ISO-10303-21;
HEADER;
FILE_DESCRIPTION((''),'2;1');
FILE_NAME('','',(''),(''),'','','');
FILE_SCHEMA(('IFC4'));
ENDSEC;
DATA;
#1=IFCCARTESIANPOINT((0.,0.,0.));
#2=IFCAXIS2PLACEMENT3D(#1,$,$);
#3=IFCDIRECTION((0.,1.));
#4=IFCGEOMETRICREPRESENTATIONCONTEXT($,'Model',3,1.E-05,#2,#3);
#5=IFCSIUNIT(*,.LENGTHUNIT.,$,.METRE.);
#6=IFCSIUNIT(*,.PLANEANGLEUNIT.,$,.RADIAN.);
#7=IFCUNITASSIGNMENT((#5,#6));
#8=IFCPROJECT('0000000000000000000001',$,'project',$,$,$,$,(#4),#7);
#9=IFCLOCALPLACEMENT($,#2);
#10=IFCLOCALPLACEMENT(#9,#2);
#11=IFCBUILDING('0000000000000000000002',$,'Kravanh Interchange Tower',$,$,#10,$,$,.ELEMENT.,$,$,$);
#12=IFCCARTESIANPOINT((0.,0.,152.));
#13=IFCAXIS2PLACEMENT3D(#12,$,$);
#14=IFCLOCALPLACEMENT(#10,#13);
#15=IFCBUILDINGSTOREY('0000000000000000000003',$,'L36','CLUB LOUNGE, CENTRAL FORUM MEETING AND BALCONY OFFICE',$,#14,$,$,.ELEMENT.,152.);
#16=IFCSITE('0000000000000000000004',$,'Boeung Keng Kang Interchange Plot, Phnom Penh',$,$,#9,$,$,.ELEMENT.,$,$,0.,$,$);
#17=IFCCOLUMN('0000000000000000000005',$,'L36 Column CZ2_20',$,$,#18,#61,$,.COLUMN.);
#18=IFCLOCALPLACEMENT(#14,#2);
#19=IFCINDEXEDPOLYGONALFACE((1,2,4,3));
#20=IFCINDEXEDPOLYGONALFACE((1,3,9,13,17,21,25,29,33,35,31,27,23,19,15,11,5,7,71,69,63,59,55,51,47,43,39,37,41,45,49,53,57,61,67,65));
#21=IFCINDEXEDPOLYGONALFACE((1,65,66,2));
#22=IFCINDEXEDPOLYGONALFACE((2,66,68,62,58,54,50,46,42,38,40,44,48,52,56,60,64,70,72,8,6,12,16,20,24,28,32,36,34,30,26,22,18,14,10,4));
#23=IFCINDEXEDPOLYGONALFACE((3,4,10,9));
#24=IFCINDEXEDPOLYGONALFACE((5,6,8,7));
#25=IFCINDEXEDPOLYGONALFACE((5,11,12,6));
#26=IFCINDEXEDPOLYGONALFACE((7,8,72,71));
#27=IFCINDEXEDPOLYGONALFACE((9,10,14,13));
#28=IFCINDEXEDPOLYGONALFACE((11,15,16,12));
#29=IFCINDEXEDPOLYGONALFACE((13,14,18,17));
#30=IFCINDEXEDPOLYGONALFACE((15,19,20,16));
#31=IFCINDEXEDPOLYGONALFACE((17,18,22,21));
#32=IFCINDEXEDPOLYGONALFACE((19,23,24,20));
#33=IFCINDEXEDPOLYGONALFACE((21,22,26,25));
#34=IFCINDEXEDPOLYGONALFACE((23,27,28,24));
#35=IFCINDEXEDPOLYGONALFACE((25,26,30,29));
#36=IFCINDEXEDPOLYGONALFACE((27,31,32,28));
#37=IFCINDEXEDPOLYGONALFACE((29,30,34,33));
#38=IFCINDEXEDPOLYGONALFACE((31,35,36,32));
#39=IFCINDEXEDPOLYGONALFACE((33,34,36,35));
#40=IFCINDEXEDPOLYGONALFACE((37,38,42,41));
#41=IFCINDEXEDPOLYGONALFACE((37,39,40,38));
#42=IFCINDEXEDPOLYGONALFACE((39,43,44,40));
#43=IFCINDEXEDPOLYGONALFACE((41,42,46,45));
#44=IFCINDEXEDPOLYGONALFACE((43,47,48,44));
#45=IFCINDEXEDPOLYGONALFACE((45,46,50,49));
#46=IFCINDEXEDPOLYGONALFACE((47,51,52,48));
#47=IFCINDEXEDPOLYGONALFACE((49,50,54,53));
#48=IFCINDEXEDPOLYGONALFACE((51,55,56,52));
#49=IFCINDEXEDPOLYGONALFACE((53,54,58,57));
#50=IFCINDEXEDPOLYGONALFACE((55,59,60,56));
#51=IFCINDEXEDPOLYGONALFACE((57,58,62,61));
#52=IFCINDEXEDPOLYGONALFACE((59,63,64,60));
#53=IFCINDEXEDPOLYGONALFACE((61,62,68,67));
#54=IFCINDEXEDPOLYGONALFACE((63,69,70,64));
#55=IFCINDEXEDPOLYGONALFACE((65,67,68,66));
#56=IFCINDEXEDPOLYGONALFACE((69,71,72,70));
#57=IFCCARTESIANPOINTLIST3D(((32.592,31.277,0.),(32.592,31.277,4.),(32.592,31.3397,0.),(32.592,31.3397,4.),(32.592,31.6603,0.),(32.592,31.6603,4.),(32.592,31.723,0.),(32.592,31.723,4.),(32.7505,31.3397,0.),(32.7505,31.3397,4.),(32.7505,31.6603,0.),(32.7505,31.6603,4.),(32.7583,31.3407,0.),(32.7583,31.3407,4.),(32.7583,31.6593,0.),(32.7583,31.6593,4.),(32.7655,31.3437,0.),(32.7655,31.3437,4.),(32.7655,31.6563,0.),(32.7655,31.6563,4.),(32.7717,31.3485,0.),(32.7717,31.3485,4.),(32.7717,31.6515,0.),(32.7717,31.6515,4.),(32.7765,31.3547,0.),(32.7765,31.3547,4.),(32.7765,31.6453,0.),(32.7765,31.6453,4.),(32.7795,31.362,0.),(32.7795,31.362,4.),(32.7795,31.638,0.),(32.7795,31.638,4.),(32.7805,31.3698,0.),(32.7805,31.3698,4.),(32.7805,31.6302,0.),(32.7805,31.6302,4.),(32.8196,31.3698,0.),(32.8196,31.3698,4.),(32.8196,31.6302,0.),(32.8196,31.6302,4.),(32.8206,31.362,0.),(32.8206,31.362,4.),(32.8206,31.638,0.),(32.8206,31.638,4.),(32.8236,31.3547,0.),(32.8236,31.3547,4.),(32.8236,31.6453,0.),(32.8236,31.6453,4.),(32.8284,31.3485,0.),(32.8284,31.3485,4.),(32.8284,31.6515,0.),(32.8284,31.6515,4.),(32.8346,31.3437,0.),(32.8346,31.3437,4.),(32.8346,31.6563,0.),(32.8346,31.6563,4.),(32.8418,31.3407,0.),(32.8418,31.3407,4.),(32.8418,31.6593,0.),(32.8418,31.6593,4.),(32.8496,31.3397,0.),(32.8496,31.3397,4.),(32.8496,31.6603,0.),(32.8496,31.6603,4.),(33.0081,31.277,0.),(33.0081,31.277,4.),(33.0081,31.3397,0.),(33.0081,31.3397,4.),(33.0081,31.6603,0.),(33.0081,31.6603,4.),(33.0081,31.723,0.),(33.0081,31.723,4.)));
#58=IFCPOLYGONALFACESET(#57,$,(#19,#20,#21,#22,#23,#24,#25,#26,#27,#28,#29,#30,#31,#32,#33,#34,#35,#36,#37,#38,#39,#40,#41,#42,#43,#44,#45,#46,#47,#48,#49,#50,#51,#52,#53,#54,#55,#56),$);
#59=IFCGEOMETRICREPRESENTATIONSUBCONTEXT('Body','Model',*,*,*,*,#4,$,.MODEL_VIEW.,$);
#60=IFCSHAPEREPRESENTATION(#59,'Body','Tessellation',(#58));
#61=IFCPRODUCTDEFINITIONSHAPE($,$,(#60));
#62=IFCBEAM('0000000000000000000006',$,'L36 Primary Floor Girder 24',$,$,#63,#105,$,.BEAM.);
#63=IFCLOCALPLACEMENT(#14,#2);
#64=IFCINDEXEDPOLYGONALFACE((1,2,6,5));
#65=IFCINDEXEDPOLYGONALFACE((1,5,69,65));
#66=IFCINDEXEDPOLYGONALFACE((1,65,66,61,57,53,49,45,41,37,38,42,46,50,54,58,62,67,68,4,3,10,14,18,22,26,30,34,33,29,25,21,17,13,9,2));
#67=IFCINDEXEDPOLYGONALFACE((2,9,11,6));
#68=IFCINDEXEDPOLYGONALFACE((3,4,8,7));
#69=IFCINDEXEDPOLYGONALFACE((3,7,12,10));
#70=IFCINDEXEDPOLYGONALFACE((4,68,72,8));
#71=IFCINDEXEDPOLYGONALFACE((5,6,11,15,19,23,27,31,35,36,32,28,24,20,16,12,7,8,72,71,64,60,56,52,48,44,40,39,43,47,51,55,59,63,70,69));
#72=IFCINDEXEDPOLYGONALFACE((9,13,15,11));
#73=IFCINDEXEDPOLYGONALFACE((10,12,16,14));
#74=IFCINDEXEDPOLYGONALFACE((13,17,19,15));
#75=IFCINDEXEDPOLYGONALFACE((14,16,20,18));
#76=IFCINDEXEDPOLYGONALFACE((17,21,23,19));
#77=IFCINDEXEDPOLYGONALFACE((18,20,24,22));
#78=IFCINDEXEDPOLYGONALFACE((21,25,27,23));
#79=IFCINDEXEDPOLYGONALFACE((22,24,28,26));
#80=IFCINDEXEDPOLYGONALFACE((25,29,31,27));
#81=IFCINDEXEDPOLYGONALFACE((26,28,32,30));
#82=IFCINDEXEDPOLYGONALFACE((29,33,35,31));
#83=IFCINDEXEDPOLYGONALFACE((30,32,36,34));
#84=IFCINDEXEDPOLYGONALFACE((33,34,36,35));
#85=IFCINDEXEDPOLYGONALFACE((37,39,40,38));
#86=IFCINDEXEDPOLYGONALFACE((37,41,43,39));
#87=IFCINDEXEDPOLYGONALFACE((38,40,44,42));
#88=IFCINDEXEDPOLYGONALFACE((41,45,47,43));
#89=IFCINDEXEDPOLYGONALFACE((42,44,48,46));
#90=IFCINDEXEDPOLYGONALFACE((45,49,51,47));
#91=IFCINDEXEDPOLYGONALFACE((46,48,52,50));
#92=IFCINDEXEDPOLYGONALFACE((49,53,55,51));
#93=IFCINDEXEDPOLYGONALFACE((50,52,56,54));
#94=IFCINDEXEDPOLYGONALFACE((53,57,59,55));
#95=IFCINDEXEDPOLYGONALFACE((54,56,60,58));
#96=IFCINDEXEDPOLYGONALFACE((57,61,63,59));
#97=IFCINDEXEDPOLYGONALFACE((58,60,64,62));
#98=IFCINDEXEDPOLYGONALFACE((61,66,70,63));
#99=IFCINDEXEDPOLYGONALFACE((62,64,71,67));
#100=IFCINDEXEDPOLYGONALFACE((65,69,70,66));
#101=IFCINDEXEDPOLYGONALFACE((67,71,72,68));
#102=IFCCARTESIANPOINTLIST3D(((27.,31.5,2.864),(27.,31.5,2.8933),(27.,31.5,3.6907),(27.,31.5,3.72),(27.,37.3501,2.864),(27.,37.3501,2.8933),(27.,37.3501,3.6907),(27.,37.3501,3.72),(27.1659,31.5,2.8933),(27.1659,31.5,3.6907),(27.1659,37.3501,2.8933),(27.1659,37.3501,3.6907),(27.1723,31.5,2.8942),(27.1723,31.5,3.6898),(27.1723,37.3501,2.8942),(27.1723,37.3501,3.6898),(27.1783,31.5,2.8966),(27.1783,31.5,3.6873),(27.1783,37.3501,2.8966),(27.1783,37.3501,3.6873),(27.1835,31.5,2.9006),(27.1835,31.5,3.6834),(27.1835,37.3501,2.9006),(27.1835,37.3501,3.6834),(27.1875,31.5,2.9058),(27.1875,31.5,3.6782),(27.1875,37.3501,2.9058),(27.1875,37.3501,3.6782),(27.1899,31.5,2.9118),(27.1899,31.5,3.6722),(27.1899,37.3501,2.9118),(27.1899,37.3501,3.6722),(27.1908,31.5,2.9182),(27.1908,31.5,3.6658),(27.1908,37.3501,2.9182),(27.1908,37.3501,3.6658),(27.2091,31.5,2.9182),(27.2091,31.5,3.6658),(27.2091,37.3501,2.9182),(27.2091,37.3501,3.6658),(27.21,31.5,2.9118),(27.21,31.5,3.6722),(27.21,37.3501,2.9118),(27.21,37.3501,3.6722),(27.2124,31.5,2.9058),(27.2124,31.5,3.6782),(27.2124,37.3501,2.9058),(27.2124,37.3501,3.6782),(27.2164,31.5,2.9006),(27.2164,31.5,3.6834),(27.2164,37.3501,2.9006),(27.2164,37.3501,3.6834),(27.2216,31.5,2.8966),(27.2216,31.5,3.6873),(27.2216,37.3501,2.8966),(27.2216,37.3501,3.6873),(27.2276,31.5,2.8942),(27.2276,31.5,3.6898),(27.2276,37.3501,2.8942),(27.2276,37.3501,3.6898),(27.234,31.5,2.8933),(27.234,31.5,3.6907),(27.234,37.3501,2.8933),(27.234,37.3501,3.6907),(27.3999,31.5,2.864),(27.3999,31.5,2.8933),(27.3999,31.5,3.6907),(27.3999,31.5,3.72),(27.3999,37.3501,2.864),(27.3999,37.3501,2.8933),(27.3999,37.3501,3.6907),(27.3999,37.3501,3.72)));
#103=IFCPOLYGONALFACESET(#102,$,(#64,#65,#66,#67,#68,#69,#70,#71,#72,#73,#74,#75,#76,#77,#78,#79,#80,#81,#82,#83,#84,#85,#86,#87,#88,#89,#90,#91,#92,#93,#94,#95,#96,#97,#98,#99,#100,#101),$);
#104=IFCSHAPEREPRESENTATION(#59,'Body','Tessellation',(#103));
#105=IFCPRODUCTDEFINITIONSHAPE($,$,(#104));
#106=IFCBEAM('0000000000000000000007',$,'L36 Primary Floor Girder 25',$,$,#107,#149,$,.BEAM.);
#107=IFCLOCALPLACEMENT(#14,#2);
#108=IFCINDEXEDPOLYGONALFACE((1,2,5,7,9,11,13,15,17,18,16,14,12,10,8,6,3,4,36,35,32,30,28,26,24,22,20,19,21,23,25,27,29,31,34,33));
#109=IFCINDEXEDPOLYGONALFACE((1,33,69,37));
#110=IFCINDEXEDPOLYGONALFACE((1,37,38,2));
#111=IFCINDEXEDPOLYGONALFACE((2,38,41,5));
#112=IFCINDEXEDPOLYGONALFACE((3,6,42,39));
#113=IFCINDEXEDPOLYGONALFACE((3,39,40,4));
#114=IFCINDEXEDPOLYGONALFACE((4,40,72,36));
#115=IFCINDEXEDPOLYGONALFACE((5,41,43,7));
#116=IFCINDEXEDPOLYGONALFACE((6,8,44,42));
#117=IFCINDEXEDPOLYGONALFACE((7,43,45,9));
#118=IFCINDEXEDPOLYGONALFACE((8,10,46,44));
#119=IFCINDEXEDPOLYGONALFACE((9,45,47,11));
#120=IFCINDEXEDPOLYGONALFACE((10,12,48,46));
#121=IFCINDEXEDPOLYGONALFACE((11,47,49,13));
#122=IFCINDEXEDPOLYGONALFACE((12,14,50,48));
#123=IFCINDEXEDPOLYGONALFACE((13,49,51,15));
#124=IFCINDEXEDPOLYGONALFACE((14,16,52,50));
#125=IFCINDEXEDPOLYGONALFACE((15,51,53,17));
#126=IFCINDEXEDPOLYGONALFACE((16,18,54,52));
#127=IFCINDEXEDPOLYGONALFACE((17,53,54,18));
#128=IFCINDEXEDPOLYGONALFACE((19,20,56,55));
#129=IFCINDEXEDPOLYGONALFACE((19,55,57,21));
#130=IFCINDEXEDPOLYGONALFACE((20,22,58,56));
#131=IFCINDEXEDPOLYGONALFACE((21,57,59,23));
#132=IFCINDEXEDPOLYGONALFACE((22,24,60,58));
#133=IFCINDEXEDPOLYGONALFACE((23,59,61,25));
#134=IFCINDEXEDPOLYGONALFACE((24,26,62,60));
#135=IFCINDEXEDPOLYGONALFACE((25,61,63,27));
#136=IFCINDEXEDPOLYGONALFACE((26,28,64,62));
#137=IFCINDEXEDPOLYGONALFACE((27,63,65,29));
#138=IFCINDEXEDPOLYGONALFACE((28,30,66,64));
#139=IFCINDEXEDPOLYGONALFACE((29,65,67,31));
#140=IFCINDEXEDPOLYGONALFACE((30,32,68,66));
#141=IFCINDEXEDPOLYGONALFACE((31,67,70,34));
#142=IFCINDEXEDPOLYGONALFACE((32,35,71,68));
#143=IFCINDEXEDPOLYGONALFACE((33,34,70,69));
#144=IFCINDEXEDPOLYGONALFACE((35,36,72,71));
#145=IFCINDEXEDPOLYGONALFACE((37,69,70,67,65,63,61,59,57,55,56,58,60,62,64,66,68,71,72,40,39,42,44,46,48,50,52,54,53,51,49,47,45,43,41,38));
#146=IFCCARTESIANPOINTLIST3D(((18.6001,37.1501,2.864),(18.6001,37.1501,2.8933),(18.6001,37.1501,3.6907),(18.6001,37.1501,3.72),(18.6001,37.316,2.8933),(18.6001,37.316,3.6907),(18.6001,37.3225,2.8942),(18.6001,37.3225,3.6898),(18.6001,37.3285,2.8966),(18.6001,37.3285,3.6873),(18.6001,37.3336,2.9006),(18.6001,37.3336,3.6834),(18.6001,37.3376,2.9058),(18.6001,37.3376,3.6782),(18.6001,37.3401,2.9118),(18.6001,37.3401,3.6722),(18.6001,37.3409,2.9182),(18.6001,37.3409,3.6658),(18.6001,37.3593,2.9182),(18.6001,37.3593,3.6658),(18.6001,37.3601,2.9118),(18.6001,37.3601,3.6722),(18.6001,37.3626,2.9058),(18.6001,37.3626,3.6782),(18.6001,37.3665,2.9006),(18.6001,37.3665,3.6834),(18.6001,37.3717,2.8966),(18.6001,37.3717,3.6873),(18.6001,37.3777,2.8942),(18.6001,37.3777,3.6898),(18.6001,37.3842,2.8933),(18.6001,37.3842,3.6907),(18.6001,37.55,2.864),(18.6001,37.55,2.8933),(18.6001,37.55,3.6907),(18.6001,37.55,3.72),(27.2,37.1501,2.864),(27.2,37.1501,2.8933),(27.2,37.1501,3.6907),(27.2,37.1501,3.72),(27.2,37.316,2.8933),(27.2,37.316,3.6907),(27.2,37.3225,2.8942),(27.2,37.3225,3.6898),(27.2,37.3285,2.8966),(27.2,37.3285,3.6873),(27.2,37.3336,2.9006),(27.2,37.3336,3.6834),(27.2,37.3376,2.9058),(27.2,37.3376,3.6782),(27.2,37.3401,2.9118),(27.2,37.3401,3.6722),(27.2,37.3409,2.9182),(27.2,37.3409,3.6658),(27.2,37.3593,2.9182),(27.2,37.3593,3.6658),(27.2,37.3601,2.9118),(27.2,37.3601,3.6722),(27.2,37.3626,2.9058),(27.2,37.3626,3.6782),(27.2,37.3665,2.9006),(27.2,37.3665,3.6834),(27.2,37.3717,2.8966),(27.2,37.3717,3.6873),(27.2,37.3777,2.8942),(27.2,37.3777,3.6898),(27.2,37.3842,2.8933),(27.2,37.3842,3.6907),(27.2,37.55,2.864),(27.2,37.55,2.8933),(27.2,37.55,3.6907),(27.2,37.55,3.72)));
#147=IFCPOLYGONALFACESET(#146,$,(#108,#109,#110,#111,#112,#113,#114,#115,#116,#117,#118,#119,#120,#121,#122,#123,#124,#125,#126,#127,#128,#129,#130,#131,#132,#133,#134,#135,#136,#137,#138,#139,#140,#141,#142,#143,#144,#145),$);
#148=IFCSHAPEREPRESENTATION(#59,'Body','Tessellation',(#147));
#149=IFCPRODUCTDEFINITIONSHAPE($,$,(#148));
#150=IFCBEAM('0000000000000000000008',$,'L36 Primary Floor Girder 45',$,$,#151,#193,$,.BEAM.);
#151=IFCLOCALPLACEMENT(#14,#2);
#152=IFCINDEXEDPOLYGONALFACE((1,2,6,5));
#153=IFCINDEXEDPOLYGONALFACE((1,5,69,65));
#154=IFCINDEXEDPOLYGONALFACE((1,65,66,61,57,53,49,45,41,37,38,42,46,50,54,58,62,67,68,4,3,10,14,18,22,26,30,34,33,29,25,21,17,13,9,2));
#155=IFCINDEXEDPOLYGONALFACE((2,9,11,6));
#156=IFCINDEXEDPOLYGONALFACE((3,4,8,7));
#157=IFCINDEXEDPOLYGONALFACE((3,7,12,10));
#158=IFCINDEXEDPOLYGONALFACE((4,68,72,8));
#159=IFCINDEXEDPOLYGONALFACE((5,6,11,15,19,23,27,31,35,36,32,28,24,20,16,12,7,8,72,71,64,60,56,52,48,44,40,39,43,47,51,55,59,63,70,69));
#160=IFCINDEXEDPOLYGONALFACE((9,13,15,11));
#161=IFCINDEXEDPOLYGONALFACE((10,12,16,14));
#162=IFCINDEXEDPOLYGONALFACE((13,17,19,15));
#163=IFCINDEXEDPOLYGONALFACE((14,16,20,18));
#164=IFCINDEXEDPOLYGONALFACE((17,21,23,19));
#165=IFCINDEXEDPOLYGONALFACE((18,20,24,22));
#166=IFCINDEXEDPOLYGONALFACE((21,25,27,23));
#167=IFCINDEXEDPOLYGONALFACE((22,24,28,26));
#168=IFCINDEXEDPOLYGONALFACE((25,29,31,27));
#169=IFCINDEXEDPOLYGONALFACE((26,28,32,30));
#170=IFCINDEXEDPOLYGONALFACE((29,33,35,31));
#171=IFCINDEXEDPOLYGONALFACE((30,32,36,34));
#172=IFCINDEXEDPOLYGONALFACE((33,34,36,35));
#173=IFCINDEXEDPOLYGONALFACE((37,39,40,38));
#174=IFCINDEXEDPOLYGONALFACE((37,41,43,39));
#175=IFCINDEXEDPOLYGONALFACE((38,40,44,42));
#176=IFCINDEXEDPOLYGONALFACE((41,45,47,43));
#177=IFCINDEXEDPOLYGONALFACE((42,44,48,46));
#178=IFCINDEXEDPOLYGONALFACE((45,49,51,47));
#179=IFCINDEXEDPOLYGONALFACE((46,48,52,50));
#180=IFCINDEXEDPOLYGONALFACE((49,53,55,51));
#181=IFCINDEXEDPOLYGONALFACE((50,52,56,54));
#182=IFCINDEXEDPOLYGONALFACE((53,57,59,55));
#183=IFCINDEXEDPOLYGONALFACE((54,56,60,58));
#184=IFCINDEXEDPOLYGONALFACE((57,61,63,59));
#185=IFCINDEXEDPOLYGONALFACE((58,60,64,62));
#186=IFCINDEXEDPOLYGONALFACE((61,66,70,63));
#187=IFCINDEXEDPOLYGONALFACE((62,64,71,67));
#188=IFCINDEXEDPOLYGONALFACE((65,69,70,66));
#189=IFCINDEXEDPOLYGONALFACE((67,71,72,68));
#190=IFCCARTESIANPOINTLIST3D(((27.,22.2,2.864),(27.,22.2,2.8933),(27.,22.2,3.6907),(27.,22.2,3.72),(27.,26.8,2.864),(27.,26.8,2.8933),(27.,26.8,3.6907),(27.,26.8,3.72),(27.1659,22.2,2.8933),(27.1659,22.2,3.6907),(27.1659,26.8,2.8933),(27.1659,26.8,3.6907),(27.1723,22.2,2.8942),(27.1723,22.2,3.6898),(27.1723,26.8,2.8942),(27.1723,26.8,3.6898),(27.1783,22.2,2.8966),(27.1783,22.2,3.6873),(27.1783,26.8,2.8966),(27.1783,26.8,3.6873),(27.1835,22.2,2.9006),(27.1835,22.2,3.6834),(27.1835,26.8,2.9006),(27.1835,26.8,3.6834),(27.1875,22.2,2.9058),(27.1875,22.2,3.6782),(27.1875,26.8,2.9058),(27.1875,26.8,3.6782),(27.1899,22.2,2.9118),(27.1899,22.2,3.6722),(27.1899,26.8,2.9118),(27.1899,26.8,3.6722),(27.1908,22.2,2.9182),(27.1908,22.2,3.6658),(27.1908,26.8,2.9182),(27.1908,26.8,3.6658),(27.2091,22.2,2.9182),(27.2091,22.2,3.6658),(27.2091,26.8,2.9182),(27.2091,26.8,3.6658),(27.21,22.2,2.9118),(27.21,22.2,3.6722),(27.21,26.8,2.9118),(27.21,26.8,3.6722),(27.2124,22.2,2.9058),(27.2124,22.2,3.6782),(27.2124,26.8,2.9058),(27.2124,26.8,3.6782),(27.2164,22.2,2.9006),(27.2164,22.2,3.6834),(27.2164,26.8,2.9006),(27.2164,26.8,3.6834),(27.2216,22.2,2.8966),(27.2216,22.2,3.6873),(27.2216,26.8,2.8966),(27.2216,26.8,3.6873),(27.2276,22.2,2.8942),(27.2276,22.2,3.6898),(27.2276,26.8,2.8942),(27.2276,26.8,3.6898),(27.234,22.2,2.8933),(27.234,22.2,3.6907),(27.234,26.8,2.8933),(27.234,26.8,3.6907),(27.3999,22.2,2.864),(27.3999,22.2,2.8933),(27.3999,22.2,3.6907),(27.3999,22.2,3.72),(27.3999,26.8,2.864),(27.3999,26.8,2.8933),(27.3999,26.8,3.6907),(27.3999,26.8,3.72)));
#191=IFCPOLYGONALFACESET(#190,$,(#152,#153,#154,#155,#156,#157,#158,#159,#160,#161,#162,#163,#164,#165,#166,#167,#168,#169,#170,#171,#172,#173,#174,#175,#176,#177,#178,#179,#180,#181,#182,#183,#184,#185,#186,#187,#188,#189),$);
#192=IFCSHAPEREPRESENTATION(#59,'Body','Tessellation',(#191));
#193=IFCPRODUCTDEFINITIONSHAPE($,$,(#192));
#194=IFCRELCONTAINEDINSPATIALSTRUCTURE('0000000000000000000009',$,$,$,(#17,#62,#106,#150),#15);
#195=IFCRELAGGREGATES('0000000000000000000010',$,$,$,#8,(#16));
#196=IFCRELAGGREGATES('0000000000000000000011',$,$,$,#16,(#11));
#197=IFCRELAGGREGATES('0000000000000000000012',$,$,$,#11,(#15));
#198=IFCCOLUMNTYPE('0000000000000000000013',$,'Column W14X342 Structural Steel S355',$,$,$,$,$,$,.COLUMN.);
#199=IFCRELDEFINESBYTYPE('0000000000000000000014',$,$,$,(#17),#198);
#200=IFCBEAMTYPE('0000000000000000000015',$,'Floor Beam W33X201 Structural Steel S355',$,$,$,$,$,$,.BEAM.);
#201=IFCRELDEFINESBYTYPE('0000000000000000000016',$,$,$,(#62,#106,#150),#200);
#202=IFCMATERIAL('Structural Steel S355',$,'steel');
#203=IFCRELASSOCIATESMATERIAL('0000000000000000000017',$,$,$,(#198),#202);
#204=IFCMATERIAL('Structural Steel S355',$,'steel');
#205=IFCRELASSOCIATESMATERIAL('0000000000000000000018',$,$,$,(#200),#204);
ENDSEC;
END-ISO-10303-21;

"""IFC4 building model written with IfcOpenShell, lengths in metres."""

from ifc_helpers import new_model, si_unit, direction, frame, origin, origin_2d, place, context, subcontext, project, spatial, i_section, extrude, material, material_profile, profile_set, type_object, element, save


model = new_model("IFC4")

# Units and contexts
model_context = context("Model", 3, precision=1e-05, world=origin(), true_north=direction((0.0, 1.0)))
body_context = subcontext(model_context, "Body", "Model", "MODEL_VIEW")
ifc_project = project(units=[si_unit("LENGTHUNIT", "METRE"), si_unit("PLANEANGLEUNIT", "RADIAN")], contexts=[model_context])

# Site, building, storey
site_placement = place(None, origin())
site = spatial("IfcSite", under=ifc_project, at=site_placement, Name="Boeung Keng Kang Interchange Plot, Phnom Penh", CompositionType="ELEMENT", RefElevation=0.0)
building_placement = place(site_placement, origin())
building = spatial("IfcBuilding", under=site, at=building_placement, Name="Kravanh Interchange Tower", CompositionType="ELEMENT")
storey_placement = place(building_placement, frame((0.0, 0.0, 152.0)))
storey = spatial("IfcBuildingStorey", under=building, at=storey_placement, Name="L36", Description="CLUB LOUNGE, CENTRAL FORUM MEETING AND BALCONY OFFICE", CompositionType="ELEMENT", Elevation=152.0)

# Column
ifc_material_1 = material(Name="Structural Steel S355", Category="steel")
ifc_material_profile_1 = material_profile(ifc_material_1, i_section(OverallWidth=0.416, OverallDepth=0.446, WebThickness=0.0391, FlangeThickness=0.0627, FilletRadius=0.03, at=origin_2d()), Name="W14X342")
ifc_profile_set_1 = profile_set([ifc_material_profile_1], Name="Structural Steel S355")
column_type_1 = type_object("IfcColumnType", Name="Column W14X342 Structural Steel S355", PredefinedType="COLUMN", material=ifc_profile_set_1)
for number, where, z_axis, x_axis, name in (
    (1, (32.8, 31.5, 0.0), (0.0, 0.0, 1.0), (1.0, 0.0, 0.0), "L36 Column CZ2_20"),
):
    element("IfcColumn", number, at=place(storey_placement, frame(where, z_axis=z_axis, x_axis=x_axis)), inside=storey, type_object=column_type_1, Name=name, PredefinedType="COLUMN", context=body_context, shape_type="SweptSolid", body=[
        extrude(i_section(OverallWidth=0.416, OverallDepth=0.446, WebThickness=0.0391, FlangeThickness=0.0627, FilletRadius=0.03, at=origin_2d()), origin(), (0.0, 0.0, 1.0), 4.0),
    ])

# Beams
ifc_material_2 = material(Name="Structural Steel S355", Category="steel")
ifc_material_profile_2 = material_profile(ifc_material_2, i_section(OverallWidth=0.3999, OverallDepth=0.856, WebThickness=0.0183, FlangeThickness=0.0293, FilletRadius=0.0249, at=origin_2d()), Name="W33X201")
ifc_profile_set_2 = profile_set([ifc_material_profile_2], Name="Structural Steel S355")
beam_type_1 = type_object("IfcBeamType", Name="Floor Beam W33X201 Structural Steel S355", PredefinedType="BEAM", material=ifc_profile_set_2)
beam_1_placement = place(storey_placement, frame((27.2, 37.3501, 3.292), z_axis=(0.0, -1.0, 0.0), x_axis=(1.0, 0.0, 0.0)))
element("IfcBeam", 2, at=beam_1_placement, inside=storey, type_object=beam_type_1, Name="L36 Primary Floor Girder 24", PredefinedType="BEAM", context=body_context, shape_type="SweptSolid", body=[
    extrude(i_section(OverallWidth=0.3999, OverallDepth=0.856, WebThickness=0.0183, FlangeThickness=0.0293, FilletRadius=0.0249, at=origin_2d()), origin(), (0.0, 0.0, 1.0), 5.8501),
])
beam_2_placement = place(storey_placement, frame((27.2, 37.3501, 3.292), z_axis=(-1.0, 0.0, 0.0), x_axis=(0.0, -1.0, 0.0)))
element("IfcBeam", 3, at=beam_2_placement, inside=storey, type_object=beam_type_1, Name="L36 Primary Floor Girder 25", PredefinedType="BEAM", context=body_context, shape_type="SweptSolid", body=[
    extrude(i_section(OverallWidth=0.3999, OverallDepth=0.856, WebThickness=0.0183, FlangeThickness=0.0293, FilletRadius=0.0249, at=origin_2d()), origin(), (0.0, 0.0, 1.0), 8.5999),
])
beam_3_placement = place(storey_placement, frame((27.2, 26.8, 3.292), z_axis=(0.0, -1.0, 0.0), x_axis=(1.0, 0.0, 0.0)))
element("IfcBeam", 4, at=beam_3_placement, inside=storey, type_object=beam_type_1, Name="L36 Primary Floor Girder 45", PredefinedType="BEAM", context=body_context, shape_type="SweptSolid", body=[
    extrude(i_section(OverallWidth=0.3999, OverallDepth=0.856, WebThickness=0.0183, FlangeThickness=0.0293, FilletRadius=0.0249, at=origin_2d()), origin(), (0.0, 0.0, 1.0), 4.6001),
])

save(model, "model.ifc")
